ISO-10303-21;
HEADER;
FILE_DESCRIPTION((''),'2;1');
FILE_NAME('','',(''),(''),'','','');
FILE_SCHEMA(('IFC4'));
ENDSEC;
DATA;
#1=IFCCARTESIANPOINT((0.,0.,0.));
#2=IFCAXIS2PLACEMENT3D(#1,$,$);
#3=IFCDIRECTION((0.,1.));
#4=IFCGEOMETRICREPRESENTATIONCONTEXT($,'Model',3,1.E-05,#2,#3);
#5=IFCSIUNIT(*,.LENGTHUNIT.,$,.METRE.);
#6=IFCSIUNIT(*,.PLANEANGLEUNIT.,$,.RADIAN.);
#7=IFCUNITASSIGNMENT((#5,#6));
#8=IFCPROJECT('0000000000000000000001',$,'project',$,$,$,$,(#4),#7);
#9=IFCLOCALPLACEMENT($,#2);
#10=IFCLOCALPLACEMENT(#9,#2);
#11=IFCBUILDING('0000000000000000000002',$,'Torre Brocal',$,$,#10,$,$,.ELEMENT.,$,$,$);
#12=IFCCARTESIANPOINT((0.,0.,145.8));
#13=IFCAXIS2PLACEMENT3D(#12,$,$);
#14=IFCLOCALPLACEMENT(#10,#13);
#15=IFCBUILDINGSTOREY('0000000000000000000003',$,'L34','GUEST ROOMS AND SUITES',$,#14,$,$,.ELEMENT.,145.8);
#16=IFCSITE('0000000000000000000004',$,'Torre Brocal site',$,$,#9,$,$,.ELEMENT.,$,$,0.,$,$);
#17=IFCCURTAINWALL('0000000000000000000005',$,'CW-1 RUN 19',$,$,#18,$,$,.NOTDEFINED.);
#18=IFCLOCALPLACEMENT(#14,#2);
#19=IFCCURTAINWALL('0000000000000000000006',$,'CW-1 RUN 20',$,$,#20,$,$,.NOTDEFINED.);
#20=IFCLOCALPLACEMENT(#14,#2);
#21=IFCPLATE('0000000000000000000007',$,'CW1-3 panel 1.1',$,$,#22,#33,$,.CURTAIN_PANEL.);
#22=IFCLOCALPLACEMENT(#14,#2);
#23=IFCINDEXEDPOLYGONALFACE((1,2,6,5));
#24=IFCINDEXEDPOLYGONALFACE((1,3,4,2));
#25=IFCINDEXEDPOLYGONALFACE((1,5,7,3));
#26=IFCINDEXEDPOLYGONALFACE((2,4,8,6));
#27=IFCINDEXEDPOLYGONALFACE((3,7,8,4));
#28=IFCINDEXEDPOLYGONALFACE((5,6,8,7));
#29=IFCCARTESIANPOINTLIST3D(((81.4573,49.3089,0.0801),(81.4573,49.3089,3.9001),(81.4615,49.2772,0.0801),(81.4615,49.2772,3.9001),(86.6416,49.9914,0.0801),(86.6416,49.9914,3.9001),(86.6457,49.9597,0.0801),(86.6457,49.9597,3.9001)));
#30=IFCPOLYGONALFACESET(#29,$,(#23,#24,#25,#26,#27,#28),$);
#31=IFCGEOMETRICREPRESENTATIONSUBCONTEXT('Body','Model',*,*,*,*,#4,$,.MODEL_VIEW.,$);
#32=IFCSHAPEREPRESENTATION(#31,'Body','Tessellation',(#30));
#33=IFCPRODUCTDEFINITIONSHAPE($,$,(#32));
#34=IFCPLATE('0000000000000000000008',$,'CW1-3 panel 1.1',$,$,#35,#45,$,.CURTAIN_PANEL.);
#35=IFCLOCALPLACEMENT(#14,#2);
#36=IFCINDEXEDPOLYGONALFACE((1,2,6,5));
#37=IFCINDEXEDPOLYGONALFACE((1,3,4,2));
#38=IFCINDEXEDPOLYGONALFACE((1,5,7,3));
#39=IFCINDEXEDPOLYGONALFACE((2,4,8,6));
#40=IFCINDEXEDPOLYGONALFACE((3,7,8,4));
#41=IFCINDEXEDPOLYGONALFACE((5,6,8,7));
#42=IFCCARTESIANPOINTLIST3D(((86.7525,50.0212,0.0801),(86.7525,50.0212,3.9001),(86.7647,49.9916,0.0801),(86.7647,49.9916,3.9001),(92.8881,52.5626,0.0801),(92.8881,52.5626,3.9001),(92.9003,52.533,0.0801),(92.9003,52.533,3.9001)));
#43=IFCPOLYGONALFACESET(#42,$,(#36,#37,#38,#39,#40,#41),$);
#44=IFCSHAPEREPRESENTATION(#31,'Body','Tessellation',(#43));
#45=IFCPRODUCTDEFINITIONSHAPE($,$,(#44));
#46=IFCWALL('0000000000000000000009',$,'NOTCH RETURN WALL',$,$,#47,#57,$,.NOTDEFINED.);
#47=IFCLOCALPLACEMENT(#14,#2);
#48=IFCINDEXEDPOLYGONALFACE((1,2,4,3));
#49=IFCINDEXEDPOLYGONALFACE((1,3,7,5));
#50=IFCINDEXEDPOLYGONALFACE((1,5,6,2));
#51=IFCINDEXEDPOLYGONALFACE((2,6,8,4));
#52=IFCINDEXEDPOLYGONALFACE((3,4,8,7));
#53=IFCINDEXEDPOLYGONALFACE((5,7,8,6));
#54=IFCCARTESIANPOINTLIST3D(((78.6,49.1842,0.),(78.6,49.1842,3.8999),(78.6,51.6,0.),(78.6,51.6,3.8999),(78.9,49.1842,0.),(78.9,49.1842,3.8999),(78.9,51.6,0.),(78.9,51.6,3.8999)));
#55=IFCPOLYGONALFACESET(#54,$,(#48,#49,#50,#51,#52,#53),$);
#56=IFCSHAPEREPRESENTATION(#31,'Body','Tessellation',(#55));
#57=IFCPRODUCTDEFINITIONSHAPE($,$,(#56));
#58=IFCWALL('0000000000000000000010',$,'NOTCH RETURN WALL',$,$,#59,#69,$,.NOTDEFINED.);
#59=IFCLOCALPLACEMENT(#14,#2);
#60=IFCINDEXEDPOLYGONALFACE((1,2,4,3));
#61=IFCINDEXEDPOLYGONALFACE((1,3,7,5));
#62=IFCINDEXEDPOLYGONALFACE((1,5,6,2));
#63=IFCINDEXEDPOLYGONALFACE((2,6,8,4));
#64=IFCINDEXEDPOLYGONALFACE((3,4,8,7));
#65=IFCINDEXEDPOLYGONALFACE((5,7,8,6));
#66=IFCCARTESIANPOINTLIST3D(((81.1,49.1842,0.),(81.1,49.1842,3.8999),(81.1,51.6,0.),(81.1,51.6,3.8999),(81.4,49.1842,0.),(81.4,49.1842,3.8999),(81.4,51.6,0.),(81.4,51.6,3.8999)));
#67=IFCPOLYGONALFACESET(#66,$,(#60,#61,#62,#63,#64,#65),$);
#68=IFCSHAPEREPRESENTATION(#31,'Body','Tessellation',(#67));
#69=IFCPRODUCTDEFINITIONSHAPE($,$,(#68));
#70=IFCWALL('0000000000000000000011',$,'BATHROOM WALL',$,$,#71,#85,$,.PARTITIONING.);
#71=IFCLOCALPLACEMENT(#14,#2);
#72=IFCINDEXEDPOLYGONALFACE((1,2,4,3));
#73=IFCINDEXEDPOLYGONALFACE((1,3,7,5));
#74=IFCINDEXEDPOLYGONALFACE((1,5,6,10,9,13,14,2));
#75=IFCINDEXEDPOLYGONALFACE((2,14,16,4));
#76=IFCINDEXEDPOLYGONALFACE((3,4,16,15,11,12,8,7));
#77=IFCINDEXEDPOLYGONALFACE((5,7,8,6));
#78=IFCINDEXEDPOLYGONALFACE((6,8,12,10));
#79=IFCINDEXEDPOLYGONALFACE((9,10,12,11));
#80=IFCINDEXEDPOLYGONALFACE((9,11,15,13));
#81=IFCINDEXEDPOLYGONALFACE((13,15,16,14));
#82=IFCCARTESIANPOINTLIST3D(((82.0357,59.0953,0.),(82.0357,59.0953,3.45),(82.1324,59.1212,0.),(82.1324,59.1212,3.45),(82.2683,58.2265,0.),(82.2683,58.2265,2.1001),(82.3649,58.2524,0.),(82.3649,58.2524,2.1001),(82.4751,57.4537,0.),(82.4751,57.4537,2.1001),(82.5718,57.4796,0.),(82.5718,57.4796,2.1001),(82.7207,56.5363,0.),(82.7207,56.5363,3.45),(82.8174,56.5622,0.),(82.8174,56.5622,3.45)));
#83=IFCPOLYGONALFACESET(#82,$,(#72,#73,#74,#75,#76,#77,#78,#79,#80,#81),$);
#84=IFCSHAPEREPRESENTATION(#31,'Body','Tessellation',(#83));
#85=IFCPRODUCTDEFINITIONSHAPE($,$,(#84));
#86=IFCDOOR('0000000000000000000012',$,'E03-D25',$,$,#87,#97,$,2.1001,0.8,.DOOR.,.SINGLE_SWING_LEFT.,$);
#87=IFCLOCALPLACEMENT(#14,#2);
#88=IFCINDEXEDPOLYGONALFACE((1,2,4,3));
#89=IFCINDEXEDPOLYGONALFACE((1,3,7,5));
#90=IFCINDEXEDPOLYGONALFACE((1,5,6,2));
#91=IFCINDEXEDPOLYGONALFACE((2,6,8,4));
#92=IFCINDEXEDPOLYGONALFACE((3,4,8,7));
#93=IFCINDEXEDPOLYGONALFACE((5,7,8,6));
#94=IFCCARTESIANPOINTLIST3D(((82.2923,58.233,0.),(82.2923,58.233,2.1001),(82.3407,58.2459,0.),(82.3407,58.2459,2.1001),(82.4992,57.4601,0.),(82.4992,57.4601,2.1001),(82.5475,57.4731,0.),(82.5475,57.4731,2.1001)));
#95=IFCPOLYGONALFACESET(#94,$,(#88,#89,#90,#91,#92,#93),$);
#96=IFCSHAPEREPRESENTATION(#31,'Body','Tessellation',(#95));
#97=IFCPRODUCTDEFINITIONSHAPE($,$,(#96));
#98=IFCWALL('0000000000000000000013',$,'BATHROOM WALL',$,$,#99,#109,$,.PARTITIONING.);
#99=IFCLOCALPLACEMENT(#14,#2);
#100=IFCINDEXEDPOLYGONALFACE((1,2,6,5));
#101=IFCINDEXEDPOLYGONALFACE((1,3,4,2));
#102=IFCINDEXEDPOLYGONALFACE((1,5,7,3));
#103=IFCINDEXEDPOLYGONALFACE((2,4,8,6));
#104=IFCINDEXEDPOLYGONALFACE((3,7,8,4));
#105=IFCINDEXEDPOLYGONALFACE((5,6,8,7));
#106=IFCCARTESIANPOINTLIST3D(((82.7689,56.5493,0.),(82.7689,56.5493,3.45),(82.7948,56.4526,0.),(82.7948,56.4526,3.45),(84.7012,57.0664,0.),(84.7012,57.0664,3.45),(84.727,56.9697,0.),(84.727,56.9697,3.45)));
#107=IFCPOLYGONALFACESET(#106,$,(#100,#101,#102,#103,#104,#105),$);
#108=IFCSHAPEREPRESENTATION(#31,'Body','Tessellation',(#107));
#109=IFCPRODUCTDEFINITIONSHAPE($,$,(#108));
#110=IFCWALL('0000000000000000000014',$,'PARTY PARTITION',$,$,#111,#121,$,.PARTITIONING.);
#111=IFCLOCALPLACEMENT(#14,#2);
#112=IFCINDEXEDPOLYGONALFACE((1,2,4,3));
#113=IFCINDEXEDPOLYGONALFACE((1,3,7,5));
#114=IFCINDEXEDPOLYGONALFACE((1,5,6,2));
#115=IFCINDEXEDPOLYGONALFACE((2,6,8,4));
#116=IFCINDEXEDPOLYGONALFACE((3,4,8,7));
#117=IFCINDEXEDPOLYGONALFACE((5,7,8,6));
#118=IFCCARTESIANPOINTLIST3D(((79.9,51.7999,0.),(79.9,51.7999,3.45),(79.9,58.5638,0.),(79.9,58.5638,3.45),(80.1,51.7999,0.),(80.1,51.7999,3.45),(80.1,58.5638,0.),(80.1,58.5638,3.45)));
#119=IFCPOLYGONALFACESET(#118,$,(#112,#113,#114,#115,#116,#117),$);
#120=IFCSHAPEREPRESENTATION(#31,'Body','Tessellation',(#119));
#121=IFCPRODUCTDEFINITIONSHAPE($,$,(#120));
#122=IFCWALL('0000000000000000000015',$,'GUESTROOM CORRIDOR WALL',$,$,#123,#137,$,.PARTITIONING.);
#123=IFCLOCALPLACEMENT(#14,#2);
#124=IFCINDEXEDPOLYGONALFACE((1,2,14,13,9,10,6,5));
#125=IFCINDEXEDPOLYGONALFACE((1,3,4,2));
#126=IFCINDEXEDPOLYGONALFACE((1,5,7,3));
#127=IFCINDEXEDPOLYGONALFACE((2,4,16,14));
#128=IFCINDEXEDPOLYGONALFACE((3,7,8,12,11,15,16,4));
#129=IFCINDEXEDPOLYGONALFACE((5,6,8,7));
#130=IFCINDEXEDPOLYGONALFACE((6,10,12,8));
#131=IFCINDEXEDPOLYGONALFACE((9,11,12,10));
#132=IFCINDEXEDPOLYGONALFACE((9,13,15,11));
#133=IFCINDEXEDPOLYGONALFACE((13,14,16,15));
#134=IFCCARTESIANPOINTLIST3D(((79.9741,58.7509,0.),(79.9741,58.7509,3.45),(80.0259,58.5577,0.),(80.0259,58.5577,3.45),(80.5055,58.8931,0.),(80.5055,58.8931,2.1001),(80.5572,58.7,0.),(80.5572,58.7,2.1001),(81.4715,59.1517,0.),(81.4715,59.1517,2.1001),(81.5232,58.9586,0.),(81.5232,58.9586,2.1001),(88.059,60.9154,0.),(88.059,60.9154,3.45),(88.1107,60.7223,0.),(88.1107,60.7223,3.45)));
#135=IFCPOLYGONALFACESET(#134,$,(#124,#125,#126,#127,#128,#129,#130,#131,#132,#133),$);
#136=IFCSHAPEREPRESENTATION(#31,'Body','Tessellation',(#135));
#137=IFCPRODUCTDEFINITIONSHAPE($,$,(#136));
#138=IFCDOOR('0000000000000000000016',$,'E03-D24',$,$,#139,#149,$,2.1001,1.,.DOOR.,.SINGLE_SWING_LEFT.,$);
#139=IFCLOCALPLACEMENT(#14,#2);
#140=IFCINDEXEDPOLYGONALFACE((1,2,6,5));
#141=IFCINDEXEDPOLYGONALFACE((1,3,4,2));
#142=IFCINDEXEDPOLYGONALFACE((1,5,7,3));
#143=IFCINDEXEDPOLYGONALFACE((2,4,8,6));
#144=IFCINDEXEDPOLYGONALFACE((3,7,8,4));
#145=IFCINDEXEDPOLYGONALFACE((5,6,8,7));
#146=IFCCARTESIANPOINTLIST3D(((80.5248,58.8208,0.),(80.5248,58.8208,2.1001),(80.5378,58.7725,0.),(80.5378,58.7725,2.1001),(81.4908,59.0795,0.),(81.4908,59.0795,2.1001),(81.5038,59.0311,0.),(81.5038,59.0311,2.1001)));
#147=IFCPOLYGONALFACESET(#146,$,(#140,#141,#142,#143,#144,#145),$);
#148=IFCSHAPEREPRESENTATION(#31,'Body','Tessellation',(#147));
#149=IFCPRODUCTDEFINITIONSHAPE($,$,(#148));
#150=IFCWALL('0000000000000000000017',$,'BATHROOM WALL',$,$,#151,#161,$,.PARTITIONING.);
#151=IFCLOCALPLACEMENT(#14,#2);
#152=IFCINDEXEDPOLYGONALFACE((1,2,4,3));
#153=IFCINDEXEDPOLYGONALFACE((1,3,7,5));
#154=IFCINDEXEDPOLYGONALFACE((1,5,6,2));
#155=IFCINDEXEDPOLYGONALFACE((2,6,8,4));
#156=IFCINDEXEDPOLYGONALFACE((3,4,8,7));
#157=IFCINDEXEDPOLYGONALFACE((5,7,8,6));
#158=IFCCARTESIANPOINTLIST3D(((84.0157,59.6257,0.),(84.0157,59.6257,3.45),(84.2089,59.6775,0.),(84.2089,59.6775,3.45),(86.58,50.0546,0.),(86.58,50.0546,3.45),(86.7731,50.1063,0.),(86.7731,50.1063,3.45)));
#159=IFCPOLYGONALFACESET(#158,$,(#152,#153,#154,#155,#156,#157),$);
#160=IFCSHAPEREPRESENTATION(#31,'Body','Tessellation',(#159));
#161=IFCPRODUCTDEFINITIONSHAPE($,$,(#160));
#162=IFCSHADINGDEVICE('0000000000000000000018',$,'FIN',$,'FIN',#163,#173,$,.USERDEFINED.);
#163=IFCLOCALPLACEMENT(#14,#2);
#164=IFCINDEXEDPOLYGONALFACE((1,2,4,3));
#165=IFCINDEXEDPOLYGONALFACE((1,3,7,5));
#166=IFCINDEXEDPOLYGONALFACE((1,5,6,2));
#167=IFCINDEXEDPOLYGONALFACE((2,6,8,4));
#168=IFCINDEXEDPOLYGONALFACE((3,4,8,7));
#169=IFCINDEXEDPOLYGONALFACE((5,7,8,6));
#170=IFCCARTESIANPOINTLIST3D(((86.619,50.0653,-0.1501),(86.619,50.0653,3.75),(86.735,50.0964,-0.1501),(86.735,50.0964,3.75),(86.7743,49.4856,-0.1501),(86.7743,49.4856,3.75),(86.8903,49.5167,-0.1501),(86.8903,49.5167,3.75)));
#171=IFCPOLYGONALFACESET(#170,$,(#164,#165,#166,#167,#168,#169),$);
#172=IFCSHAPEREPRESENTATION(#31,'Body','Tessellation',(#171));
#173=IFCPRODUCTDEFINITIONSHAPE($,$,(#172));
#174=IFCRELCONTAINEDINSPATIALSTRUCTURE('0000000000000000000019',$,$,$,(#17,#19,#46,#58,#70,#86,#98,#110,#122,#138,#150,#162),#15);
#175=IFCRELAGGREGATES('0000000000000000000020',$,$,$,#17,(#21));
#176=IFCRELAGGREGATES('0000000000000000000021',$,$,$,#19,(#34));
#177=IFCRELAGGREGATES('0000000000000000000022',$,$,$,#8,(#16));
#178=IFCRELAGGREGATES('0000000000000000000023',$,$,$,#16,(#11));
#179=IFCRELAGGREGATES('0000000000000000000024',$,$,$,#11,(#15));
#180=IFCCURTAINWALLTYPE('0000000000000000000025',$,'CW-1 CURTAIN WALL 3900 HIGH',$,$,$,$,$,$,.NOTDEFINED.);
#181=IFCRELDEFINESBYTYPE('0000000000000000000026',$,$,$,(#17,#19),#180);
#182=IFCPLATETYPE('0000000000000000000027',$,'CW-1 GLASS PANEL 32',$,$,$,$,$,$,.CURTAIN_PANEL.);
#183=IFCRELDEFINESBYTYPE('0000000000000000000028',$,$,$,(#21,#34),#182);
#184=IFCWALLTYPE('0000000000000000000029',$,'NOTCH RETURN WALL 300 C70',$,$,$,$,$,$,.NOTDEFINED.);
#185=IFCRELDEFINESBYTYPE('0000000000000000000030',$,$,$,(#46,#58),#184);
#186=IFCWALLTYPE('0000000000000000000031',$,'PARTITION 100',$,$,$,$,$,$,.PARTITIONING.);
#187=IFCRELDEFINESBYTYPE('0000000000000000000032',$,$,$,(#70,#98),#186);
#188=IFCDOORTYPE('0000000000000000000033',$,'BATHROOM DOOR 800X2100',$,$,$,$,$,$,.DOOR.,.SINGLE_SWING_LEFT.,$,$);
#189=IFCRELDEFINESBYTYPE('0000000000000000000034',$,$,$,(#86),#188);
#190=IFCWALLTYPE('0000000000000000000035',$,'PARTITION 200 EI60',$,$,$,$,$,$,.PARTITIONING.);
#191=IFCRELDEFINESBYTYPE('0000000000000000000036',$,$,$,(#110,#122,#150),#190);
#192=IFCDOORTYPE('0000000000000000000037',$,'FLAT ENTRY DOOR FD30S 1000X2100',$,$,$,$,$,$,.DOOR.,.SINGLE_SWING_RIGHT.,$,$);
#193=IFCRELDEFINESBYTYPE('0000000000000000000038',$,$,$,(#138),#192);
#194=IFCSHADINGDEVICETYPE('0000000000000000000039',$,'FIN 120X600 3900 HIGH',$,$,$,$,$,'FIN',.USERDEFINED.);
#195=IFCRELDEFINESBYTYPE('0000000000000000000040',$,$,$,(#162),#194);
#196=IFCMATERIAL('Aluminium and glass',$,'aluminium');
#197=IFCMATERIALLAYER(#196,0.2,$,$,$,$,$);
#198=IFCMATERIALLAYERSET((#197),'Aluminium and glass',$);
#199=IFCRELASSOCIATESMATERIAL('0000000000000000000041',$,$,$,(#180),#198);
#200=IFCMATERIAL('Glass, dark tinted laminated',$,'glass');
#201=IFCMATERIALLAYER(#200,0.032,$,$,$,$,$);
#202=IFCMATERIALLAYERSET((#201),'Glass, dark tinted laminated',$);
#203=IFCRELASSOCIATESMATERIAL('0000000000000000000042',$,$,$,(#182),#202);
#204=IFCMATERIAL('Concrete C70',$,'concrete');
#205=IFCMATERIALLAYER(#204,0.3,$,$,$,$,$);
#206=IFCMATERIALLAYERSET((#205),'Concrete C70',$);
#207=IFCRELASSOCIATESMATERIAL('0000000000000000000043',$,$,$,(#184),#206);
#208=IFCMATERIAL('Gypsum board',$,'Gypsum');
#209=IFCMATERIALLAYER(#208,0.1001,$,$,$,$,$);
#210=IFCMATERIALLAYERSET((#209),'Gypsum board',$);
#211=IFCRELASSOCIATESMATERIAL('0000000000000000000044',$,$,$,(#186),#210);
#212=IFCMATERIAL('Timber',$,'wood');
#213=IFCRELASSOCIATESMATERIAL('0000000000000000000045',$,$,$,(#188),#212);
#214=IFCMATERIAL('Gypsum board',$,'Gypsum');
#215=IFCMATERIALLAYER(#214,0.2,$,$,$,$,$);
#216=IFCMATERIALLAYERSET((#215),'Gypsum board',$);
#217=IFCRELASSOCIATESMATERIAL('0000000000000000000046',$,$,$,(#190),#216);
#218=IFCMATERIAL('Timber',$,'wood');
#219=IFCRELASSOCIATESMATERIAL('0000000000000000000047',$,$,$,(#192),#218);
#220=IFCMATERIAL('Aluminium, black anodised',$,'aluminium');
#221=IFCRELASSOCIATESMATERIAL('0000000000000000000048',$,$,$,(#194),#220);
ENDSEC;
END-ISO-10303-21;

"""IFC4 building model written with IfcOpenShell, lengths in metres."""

from ifc_helpers import new_model, si_unit, direction, frame, frame_2d, origin, origin_2d, place, context, subcontext, project, spatial, rectangle, extrude, material, layer, layer_set, material_profile, profile_set, type_object, element, fill, aggregate, save


model = new_model("IFC4")

# Units and contexts
model_context = context("Model", 3, precision=1e-05, world=origin(), true_north=direction((0.0, 1.0)))
body_context = subcontext(model_context, "Body", "Model", "MODEL_VIEW")
ifc_project = project(units=[si_unit("LENGTHUNIT", "METRE"), si_unit("PLANEANGLEUNIT", "RADIAN")], contexts=[model_context])

# Site, building, storey
site_placement = place(None, origin())
site = spatial("IfcSite", under=ifc_project, at=site_placement, Name="Torre Brocal site", CompositionType="ELEMENT", RefElevation=0.0)
building_placement = place(site_placement, origin())
building = spatial("IfcBuilding", under=site, at=building_placement, Name="Torre Brocal", CompositionType="ELEMENT")
storey_placement = place(building_placement, frame((0.0, 0.0, 145.8)))
storey = spatial("IfcBuildingStorey", under=building, at=storey_placement, Name="L34", Description="GUEST ROOMS AND SUITES", CompositionType="ELEMENT", Elevation=145.8)

# Curtain wall
ifc_material_1 = material(Name="Aluminium and glass", Category="aluminium")
ifc_layer_1 = layer(ifc_material_1, 0.2)
ifc_layer_set_1 = layer_set([ifc_layer_1], Name="Aluminium and glass")
curtain_wall_type = type_object("IfcCurtainWallType", Name="CW-1 CURTAIN WALL 3900 HIGH", PredefinedType="NOTDEFINED", material=ifc_layer_set_1)
curtain_wall_1_placement = place(storey_placement, origin())
curtain_wall_1 = element("IfcCurtainWall", 1, at=curtain_wall_1_placement, inside=storey, type_object=curtain_wall_type, Name="CW-1 RUN 19", PredefinedType="NOTDEFINED")

# Curtain wall
curtain_wall_2_placement = place(storey_placement, origin())
curtain_wall_2 = element("IfcCurtainWall", 2, at=curtain_wall_2_placement, inside=storey, type_object=curtain_wall_type, Name="CW-1 RUN 20", PredefinedType="NOTDEFINED")

# Plates
ifc_material_2 = material(Name="Glass, dark tinted laminated", Category="glass")
ifc_layer_2 = layer(ifc_material_2, 0.032)
ifc_layer_set_2 = layer_set([ifc_layer_2], Name="Glass, dark tinted laminated")
plate_type = type_object("IfcPlateType", Name="CW-1 GLASS PANEL 32", PredefinedType="CURTAIN_PANEL", material=ifc_layer_set_2)
plate_1_placement = place(storey_placement, frame((84.0515, 49.6343, 0.0801), z_axis=(0.0, 0.0, 1.0), x_axis=(0.991445, 0.130526, 0.0)))
plate_1 = element("IfcPlate", 3, at=plate_1_placement, type_object=plate_type, Name="CW1-3 panel 1.1", PredefinedType="CURTAIN_PANEL", context=body_context, shape_type="SweptSolid", body=[
    extrude(rectangle(XDim=5.229, YDim=0.032, at=origin_2d()), origin(), (0.0, 0.0, 1.0), 3.8201),
])
aggregate(curtain_wall_1, [plate_1])
plate_2_placement = place(storey_placement, frame((89.8264, 51.2771, 0.0801), z_axis=(0.0, 0.0, 1.0), x_axis=(0.92388, 0.382683, 0.0)))
plate_2 = element("IfcPlate", 4, at=plate_2_placement, type_object=plate_type, Name="CW1-3 panel 1.1", PredefinedType="CURTAIN_PANEL", context=body_context, shape_type="SweptSolid", body=[
    extrude(rectangle(XDim=6.6411, YDim=0.032, at=origin_2d()), origin(), (0.0, 0.0, 1.0), 3.8201),
])
aggregate(curtain_wall_2, [plate_2])

# Walls
ifc_material_3 = material(Name="Concrete C70", Category="concrete")
ifc_layer_3 = layer(ifc_material_3, 0.3)
ifc_layer_set_3 = layer_set([ifc_layer_3], Name="Concrete C70")
wall_type_1 = type_object("IfcWallType", Name="NOTCH RETURN WALL 300 C70", PredefinedType="NOTDEFINED", material=ifc_layer_set_3)
for number, where, z_axis, x_axis, name in (
    (5, (78.75, 51.6001, 0.0), (0.0, 0.0, 1.0), (0.0, -1.0, 0.0), "NOTCH RETURN WALL"),
    (6, (81.25, 51.6001, 0.0), (0.0, 0.0, 1.0), (0.0, -1.0, 0.0), "NOTCH RETURN WALL"),
):
    element("IfcWall", number, at=place(storey_placement, frame(where, z_axis=z_axis, x_axis=x_axis)), inside=storey, type_object=wall_type_1, Name=name, PredefinedType="NOTDEFINED", context=body_context, shape_type="SweptSolid", body=[
        extrude(rectangle(XDim=2.4158, YDim=0.3, at=frame_2d((1.208, 0.0))), origin(), (0.0, 0.0, 1.0), 3.8999),
    ])

# Wall, opening, door
ifc_material_4 = material(Name="Gypsum board", Category="Gypsum")
ifc_layer_4 = layer(ifc_material_4, 0.1001)
ifc_layer_set_4 = layer_set([ifc_layer_4], Name="Gypsum board")
wall_type_2 = type_object("IfcWallType", Name="PARTITION 100", PredefinedType="PARTITIONING", material=ifc_layer_set_4)
wall_1_placement = place(storey_placement, frame((82.084, 59.1084, 0.0), z_axis=(0.0, 0.0, 1.0), x_axis=(0.258592, -0.965987, 0.0)))
wall_1 = element("IfcWall", 7, at=wall_1_placement, inside=storey, type_object=wall_type_2, Name="BATHROOM WALL", PredefinedType="PARTITIONING", context=body_context, shape_type="SweptSolid", body=[
    extrude(rectangle(XDim=2.6492, YDim=0.1001, at=frame_2d((1.3247, 0.0))), origin(), (0.0, 0.0, 1.0), 3.45),
])
opening_1_placement = place(wall_1_placement, frame((0.8997, 0.0, 0.0)))
opening_1 = element("IfcOpeningElement", 8, at=opening_1_placement, cuts=wall_1, PredefinedType="OPENING", context=body_context, shape_type="SweptSolid", body=[
    extrude(rectangle(XDim=0.8, YDim=2.1001, at=frame_2d((0.3999, 1.05))), frame((0.0, 0.0601, 0.0), z_axis=(0.0, -1.0, 0.0), x_axis=(1.0, 0.0, 0.0)), (0.0, 0.0, 1.0), 0.1201),
])
ifc_material_5 = material(Name="Timber", Category="wood")
door_type_1 = type_object("IfcDoorType", Name="BATHROOM DOOR 800X2100", OperationType="SINGLE_SWING_LEFT", PredefinedType="DOOR", material=ifc_material_5)
door_1_placement = place(opening_1_placement, origin())
door_1 = element("IfcDoor", 9, at=door_1_placement, inside=storey, type_object=door_type_1, Name="E03-D25", OperationType="SINGLE_SWING_LEFT", OverallHeight=2.1001, OverallWidth=0.8, PredefinedType="DOOR", context=body_context, shape_type="SweptSolid", body=[
    extrude(rectangle(XDim=0.8, YDim=2.1001, at=frame_2d((0.3999, 1.05))), frame((0.0, 0.0249, 0.0), z_axis=(0.0, -1.0, 0.0), x_axis=(1.0, 0.0, 0.0)), (0.0, 0.0, 1.0), 0.05),
])
fill(opening_1, door_1)

# Walls
wall_2_placement = place(storey_placement, frame((82.782, 56.501, 0.0), z_axis=(0.0, 0.0, 1.0), x_axis=(0.966004, 0.258529, 0.0)))
element("IfcWall", 10, at=wall_2_placement, inside=storey, type_object=wall_type_2, Name="BATHROOM WALL", PredefinedType="PARTITIONING", context=body_context, shape_type="SweptSolid", body=[
    extrude(rectangle(XDim=2.0002, YDim=0.1001, at=frame_2d((1.0, 0.0))), origin(), (0.0, 0.0, 1.0), 3.45),
])
ifc_material_6 = material(Name="Gypsum board", Category="Gypsum")
ifc_layer_5 = layer(ifc_material_6, 0.2)
ifc_layer_set_5 = layer_set([ifc_layer_5], Name="Gypsum board")
wall_type_3 = type_object("IfcWallType", Name="PARTITION 200 EI60", PredefinedType="PARTITIONING", material=ifc_layer_set_5)
wall_3_placement = place(storey_placement, frame((80.0, 51.8, 0.0), z_axis=(0.0, 0.0, 1.0), x_axis=(0.0, 1.0, 0.0)))
element("IfcWall", 11, at=wall_3_placement, inside=storey, type_object=wall_type_3, Name="PARTY PARTITION", PredefinedType="PARTITIONING", context=body_context, shape_type="SweptSolid", body=[
    extrude(rectangle(XDim=6.7639, YDim=0.2, at=frame_2d((3.3818, 0.0))), origin(), (0.0, 0.0, 1.0), 3.45),
])

# Wall, opening, door
wall_4_placement = place(storey_placement, frame((80.0, 58.6543, 0.0), z_axis=(0.0, 0.0, 1.0), x_axis=(0.96598, 0.258617, 0.0)))
wall_4 = element("IfcWall", 12, at=wall_4_placement, inside=storey, type_object=wall_type_3, Name="GUESTROOM CORRIDOR WALL", PredefinedType="PARTITIONING", context=body_context, shape_type="SweptSolid", body=[
    extrude(rectangle(XDim=8.3696, YDim=0.2, at=frame_2d((4.1848, 0.0))), origin(), (0.0, 0.0, 1.0), 3.45),
])
opening_2_placement = place(wall_4_placement, frame((0.55, 0.0, 0.0)))
opening_2 = element("IfcOpeningElement", 13, at=opening_2_placement, cuts=wall_4, PredefinedType="OPENING", context=body_context, shape_type="SweptSolid", body=[
    extrude(rectangle(XDim=1.0, YDim=2.1001, at=frame_2d((0.5, 1.05))), frame((0.0, 0.1099, 0.0), z_axis=(0.0, -1.0, 0.0), x_axis=(1.0, 0.0, 0.0)), (0.0, 0.0, 1.0), 0.22),
])
ifc_material_7 = material(Name="Timber", Category="wood")
door_type_2 = type_object("IfcDoorType", Name="FLAT ENTRY DOOR FD30S 1000X2100", OperationType="SINGLE_SWING_RIGHT", PredefinedType="DOOR", material=ifc_material_7)
door_2_placement = place(opening_2_placement, frame((1.0, 0.0, 0.0), z_axis=(0.0, 0.0, 1.0), x_axis=(-1.0, 0.0, 0.0)))
door_2 = element("IfcDoor", 14, at=door_2_placement, inside=storey, type_object=door_type_2, Name="E03-D24", OperationType="SINGLE_SWING_LEFT", OverallHeight=2.1001, OverallWidth=1.0, PredefinedType="DOOR", context=body_context, shape_type="SweptSolid", body=[
    extrude(rectangle(XDim=1.0, YDim=2.1001, at=frame_2d((0.5, 1.05))), frame((0.0, 0.0249, 0.0), z_axis=(0.0, -1.0, 0.0), x_axis=(1.0, 0.0, 0.0)), (0.0, 0.0, 1.0), 0.05),
])
fill(opening_2, door_2)

# Wall
wall_5_placement = place(storey_placement, frame((84.1123, 59.6516, 0.0), z_axis=(0.0, 0.0, 1.0), x_axis=(0.258787, -0.965935, 0.0)))
element("IfcWall", 15, at=wall_5_placement, inside=storey, type_object=wall_type_3, Name="BATHROOM WALL", PredefinedType="PARTITIONING", context=body_context, shape_type="SweptSolid", body=[
    extrude(rectangle(XDim=9.9087, YDim=0.2, at=frame_2d((4.9543, 0.0))), origin(), (0.0, 0.0, 1.0), 3.45),
])

# Shading device
ifc_material_8 = material(Name="Aluminium, black anodised", Category="aluminium")
ifc_material_profile_1 = material_profile(ifc_material_8, rectangle(XDim=0.1201, YDim=0.6001, at=origin_2d()), Name="FIN 120X600 3900 HIGH")
ifc_profile_set_1 = profile_set([ifc_material_profile_1], Name="Aluminium, black anodised")
shading_device_type = type_object("IfcShadingDeviceType", Name="FIN 120X600 3900 HIGH", ElementType="FIN", PredefinedType="USERDEFINED", material=ifc_profile_set_1)
shading_device_placement = place(storey_placement, frame((86.7546, 49.791, -0.1501), z_axis=(0.0, 0.0, 1.0), x_axis=(0.965926, 0.258819, 0.0)))
element("IfcShadingDevice", 16, at=shading_device_placement, inside=storey, type_object=shading_device_type, Name="FIN", ObjectType="FIN", PredefinedType="USERDEFINED", context=body_context, shape_type="SweptSolid", body=[
    extrude(rectangle(XDim=0.1201, YDim=0.6001, at=origin_2d()), origin(), (0.0, 0.0, 1.0), 3.9001),
])

save(model, "model.ifc")
